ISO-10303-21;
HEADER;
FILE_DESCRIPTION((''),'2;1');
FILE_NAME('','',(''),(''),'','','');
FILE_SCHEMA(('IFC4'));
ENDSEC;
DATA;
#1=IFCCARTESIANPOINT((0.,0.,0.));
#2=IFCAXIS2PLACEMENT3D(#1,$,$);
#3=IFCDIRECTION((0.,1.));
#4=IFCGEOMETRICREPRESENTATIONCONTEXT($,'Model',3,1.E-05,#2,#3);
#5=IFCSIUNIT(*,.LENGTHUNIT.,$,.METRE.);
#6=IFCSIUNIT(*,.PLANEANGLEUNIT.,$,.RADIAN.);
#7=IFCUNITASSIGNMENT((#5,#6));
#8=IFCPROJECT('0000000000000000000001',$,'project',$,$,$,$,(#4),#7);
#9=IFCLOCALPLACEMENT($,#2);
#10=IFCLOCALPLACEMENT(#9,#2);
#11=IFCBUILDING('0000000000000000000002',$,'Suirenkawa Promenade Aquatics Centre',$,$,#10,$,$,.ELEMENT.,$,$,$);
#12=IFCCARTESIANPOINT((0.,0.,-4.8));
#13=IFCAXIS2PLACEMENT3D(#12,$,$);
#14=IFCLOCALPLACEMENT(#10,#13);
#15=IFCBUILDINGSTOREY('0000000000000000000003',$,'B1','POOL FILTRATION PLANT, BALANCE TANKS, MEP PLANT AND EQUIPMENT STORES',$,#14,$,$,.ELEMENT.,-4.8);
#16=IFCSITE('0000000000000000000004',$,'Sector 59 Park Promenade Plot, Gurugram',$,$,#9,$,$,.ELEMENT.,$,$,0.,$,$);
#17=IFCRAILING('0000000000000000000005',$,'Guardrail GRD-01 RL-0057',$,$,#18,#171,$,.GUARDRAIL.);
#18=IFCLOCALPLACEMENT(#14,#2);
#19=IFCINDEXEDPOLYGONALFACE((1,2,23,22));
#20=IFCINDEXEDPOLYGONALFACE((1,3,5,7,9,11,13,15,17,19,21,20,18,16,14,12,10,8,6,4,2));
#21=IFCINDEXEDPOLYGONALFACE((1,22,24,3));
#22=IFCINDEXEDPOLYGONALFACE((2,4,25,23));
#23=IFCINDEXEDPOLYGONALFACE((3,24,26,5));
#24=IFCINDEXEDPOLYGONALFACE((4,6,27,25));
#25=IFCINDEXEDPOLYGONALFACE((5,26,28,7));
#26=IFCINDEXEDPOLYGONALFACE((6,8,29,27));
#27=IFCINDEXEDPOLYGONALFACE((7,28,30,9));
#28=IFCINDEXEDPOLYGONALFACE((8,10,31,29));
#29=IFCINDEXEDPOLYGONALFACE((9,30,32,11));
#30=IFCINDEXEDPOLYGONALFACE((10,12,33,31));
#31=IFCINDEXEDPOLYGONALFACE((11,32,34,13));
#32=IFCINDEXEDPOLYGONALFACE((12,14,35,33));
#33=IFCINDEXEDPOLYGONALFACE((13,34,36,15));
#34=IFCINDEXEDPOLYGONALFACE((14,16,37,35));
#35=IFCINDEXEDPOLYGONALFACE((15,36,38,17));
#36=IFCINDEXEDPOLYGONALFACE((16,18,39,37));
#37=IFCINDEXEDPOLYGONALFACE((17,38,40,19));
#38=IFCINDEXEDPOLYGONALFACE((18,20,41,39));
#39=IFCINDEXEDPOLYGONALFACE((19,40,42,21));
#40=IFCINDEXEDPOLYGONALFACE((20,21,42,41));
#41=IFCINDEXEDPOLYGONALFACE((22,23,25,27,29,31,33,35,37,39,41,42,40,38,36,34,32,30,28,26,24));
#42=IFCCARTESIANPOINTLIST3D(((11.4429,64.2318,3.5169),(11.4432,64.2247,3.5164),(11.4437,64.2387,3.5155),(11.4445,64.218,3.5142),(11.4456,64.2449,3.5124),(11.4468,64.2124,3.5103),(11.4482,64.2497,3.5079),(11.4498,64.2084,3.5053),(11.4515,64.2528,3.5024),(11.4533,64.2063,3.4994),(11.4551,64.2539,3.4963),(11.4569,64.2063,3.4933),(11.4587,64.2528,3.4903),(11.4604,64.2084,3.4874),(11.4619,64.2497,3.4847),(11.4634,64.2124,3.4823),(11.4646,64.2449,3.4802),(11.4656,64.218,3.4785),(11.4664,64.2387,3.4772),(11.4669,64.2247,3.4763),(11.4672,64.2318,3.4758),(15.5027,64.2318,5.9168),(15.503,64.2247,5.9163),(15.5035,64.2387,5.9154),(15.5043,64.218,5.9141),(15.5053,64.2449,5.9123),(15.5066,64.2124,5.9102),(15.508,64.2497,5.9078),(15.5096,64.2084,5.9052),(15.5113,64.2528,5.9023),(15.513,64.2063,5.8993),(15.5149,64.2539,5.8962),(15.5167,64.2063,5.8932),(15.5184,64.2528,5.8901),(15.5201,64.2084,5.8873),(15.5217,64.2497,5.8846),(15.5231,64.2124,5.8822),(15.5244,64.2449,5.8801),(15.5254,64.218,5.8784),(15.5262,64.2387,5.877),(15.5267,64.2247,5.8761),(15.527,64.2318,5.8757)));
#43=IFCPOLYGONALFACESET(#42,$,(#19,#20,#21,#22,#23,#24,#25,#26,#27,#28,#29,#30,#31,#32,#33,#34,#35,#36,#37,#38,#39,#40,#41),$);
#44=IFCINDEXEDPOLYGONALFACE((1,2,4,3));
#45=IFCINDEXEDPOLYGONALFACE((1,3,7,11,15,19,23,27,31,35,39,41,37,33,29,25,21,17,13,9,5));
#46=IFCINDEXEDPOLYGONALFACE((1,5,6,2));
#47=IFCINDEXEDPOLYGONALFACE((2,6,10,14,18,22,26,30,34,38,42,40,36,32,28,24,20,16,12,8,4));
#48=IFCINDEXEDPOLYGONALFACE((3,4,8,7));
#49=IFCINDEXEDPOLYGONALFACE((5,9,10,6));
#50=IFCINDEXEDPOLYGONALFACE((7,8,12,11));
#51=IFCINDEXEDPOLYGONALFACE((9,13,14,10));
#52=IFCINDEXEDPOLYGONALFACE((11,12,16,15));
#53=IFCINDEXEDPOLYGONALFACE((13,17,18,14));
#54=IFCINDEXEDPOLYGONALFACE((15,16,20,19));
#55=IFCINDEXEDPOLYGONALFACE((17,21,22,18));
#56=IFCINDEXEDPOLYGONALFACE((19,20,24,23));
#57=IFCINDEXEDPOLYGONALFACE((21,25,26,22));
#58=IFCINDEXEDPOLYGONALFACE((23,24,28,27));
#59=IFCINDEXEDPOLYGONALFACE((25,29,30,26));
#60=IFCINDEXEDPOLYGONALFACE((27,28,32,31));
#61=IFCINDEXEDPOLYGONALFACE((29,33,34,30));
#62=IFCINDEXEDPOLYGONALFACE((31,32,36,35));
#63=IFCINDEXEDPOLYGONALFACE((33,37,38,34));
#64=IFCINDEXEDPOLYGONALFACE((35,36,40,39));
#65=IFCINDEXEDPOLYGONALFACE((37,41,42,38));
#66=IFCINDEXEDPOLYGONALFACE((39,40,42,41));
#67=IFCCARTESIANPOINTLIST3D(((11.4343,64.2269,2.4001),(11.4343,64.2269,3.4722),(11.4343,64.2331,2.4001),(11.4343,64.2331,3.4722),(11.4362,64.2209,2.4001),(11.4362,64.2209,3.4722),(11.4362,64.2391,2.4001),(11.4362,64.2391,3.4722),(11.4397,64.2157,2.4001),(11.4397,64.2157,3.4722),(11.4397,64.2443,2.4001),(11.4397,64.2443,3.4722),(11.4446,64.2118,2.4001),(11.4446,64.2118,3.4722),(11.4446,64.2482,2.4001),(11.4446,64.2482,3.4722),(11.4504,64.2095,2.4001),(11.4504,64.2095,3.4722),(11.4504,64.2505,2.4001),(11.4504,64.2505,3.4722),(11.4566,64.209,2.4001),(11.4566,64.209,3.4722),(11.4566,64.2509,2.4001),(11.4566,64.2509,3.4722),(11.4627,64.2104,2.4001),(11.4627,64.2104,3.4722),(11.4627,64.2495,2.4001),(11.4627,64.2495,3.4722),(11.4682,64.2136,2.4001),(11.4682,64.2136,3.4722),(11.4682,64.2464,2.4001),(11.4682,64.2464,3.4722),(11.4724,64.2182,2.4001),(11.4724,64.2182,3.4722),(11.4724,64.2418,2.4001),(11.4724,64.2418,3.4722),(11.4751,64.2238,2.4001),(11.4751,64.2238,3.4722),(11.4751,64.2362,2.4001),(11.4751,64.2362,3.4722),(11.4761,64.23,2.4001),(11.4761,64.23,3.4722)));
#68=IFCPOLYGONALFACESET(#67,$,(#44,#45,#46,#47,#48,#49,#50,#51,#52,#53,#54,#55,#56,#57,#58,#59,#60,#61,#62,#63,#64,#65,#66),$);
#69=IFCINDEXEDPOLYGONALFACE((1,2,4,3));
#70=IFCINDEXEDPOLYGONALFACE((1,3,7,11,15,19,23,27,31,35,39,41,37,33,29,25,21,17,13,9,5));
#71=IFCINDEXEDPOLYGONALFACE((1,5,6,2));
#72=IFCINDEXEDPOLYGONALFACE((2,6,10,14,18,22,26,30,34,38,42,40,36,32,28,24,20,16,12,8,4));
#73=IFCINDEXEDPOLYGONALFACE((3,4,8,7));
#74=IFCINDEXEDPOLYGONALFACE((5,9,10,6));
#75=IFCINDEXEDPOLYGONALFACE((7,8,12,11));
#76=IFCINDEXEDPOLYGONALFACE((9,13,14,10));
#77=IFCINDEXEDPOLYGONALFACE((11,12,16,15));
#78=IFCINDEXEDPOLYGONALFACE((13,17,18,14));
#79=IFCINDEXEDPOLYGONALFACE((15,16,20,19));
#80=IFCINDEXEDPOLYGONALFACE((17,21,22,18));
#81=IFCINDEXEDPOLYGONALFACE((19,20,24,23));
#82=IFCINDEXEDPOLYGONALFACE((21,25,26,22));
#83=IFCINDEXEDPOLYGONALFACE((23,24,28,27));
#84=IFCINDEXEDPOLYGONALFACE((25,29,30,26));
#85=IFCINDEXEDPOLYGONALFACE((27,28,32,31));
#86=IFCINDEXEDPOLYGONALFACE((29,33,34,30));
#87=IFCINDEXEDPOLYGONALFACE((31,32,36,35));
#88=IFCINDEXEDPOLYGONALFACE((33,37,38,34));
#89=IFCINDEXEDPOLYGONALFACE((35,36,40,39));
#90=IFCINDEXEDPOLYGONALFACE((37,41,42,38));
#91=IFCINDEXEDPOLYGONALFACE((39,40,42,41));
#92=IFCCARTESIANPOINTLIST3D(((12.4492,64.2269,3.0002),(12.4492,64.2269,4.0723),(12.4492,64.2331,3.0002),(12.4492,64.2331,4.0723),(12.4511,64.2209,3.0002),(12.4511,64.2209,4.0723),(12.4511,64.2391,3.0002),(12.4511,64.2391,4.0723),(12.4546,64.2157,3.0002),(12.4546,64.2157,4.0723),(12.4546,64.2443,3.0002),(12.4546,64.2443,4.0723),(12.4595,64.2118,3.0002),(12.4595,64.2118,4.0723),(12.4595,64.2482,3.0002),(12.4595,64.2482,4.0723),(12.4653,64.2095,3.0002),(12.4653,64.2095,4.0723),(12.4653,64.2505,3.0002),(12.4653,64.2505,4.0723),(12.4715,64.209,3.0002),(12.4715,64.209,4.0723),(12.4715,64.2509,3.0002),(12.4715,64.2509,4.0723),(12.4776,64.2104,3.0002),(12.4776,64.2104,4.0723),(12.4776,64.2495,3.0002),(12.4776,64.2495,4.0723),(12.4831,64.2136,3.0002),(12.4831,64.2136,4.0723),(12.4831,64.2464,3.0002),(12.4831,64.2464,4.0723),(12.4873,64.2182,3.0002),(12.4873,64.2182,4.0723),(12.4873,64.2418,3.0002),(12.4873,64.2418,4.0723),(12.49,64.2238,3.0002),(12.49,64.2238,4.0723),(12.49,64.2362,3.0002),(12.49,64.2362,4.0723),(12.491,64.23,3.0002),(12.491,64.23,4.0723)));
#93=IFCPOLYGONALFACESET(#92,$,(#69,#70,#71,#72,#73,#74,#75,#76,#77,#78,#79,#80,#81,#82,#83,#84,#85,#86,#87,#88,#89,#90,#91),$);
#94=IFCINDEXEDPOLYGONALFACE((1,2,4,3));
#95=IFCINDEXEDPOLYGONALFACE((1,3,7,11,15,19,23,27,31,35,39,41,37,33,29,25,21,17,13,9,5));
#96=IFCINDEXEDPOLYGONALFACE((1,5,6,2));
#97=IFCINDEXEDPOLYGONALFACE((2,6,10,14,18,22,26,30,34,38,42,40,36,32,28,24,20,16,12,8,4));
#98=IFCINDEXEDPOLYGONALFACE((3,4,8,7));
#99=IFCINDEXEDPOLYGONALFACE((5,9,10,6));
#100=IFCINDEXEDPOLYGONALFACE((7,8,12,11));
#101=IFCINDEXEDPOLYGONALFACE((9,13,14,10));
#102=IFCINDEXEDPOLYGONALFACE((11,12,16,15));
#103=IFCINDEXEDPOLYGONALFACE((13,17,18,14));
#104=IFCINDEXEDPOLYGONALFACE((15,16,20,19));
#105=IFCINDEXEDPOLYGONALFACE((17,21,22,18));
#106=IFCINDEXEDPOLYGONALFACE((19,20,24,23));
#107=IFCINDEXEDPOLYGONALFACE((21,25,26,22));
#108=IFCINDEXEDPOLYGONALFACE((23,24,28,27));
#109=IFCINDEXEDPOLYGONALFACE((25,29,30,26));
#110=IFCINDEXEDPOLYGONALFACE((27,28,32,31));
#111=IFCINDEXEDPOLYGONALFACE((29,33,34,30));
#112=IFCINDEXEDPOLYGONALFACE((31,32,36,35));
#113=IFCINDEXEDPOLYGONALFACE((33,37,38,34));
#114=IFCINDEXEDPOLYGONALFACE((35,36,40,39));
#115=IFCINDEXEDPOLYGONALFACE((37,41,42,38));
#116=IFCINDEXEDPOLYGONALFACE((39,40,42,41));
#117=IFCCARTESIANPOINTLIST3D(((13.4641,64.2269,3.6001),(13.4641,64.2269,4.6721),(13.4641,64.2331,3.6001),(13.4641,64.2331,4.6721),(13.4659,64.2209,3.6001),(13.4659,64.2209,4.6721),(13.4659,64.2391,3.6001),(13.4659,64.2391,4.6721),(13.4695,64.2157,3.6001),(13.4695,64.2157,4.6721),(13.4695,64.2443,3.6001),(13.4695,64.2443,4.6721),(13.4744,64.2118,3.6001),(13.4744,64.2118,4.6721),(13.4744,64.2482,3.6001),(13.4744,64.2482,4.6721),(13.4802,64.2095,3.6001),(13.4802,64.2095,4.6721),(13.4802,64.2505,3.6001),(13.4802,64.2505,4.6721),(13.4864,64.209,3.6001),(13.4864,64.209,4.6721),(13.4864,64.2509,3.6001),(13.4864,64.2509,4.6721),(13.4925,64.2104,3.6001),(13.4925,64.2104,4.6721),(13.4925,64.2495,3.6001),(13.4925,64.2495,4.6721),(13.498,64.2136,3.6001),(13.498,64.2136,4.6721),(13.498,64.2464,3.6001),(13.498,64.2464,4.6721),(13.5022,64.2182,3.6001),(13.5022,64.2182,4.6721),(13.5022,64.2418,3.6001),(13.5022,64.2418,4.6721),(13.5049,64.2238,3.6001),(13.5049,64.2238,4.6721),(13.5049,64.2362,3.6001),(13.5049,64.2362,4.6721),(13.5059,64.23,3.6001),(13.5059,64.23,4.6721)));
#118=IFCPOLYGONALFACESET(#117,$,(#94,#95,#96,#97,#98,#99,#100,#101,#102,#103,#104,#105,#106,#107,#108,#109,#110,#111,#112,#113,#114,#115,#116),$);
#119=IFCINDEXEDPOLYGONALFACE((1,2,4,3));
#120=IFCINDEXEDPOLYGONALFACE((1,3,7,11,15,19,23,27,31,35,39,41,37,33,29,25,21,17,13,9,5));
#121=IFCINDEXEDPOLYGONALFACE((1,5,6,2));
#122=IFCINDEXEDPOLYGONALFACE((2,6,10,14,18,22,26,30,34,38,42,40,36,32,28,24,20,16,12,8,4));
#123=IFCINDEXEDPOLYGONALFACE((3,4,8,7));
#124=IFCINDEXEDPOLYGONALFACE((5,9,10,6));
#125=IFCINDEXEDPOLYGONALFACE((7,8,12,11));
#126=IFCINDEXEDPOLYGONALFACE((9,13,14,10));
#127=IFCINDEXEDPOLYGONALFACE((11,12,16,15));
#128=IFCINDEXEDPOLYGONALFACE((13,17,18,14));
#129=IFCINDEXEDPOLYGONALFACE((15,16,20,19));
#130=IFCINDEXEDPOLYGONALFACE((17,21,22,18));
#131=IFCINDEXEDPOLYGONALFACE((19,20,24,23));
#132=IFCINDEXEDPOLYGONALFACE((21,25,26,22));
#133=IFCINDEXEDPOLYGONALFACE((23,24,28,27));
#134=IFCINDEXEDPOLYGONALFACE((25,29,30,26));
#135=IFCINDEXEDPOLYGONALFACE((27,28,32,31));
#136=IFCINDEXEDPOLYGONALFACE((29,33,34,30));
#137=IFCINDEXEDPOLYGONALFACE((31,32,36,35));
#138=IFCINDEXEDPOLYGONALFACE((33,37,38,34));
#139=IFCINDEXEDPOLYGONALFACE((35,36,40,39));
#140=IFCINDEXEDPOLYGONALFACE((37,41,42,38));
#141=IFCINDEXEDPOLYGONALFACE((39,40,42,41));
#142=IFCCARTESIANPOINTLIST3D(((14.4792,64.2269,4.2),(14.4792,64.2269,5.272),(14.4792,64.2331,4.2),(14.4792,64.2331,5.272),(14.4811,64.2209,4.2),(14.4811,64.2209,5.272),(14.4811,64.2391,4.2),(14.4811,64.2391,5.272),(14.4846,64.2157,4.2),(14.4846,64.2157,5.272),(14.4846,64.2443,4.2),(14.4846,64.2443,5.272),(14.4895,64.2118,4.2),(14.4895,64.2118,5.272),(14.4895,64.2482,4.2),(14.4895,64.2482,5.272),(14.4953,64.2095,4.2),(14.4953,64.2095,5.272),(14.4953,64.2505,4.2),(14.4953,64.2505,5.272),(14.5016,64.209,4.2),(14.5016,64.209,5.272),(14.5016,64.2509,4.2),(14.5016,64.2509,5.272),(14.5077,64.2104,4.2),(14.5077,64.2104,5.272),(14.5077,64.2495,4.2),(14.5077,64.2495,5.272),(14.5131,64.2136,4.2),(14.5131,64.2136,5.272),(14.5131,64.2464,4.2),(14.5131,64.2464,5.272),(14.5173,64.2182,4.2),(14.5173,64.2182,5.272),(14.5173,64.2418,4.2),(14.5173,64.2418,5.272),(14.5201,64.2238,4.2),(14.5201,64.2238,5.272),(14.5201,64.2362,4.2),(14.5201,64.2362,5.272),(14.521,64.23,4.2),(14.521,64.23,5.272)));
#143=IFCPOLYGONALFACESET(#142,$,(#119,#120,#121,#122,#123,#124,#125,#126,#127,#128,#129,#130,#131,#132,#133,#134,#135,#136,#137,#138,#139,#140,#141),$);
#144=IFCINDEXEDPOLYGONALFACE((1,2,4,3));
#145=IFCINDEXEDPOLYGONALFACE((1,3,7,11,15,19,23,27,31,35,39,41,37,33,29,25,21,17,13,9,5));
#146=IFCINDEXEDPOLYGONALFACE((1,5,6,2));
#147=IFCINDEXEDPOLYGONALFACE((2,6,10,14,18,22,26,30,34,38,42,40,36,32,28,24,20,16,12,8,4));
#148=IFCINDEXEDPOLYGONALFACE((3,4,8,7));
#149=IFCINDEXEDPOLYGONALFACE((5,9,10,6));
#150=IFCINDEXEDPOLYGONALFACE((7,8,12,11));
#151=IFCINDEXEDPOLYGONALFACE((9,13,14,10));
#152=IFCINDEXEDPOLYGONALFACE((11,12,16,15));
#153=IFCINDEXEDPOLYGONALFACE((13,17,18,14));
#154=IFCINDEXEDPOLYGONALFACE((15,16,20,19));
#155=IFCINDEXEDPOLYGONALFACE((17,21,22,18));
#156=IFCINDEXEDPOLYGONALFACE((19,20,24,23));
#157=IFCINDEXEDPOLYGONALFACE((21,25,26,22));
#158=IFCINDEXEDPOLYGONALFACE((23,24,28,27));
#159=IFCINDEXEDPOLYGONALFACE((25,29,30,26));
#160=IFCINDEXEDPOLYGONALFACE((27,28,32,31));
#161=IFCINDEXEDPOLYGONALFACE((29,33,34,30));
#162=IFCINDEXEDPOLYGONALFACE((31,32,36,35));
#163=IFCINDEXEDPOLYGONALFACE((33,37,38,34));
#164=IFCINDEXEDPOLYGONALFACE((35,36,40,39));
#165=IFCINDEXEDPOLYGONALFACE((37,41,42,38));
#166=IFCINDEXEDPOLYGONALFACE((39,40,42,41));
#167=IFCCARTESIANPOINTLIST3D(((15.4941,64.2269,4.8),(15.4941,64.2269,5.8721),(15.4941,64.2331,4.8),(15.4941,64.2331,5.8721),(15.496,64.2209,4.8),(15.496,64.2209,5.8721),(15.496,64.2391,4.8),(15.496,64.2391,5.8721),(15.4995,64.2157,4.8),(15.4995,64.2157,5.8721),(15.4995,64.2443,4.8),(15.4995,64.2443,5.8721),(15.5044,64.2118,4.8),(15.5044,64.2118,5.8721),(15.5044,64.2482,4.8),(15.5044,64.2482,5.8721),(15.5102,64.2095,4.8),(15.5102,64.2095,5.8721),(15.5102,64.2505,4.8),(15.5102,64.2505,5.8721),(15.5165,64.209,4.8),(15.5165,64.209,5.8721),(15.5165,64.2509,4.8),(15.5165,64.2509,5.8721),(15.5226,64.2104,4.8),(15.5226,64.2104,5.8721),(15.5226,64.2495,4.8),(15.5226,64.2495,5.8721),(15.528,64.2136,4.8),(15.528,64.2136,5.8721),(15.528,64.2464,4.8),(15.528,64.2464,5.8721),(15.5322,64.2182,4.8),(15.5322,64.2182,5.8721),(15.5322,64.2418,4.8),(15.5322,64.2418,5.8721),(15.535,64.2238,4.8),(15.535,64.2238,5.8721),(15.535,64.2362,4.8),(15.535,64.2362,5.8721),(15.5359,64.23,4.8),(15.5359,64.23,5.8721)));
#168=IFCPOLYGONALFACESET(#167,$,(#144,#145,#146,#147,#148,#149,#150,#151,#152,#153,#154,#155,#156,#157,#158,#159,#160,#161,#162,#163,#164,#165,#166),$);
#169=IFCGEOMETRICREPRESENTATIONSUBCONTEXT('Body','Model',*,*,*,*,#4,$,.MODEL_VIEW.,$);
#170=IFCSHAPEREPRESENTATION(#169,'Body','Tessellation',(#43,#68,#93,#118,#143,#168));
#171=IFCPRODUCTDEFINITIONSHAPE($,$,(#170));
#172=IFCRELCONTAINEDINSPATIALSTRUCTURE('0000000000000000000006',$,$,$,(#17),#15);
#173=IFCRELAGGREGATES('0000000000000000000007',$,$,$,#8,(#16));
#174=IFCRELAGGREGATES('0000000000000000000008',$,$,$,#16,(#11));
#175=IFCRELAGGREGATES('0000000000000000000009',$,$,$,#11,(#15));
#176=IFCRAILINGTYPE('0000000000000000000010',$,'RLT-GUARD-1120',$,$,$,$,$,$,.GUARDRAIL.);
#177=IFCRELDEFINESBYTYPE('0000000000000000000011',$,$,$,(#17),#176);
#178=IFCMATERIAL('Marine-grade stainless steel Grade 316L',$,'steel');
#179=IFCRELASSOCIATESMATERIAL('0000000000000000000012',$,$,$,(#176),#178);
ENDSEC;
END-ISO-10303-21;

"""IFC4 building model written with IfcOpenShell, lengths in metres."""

from ifc_helpers import new_model, si_unit, direction, frame, origin, origin_2d, place, context, subcontext, project, spatial, circle, extrude, material, type_object, element, save


model = new_model("IFC4")

# Units and contexts
model_context = context("Model", 3, precision=1e-05, world=origin(), true_north=direction((0.0, 1.0)))
body_context = subcontext(model_context, "Body", "Model", "MODEL_VIEW")
ifc_project = project(units=[si_unit("LENGTHUNIT", "METRE"), si_unit("PLANEANGLEUNIT", "RADIAN")], contexts=[model_context])

# Site, building, storey
site_placement = place(None, origin())
site = spatial("IfcSite", under=ifc_project, at=site_placement, Name="Sector 59 Park Promenade Plot, Gurugram", CompositionType="ELEMENT", RefElevation=0.0)
building_placement = place(site_placement, origin())
building = spatial("IfcBuilding", under=site, at=building_placement, Name="Suirenkawa Promenade Aquatics Centre", CompositionType="ELEMENT")
storey_placement = place(building_placement, frame((0.0, 0.0, -4.8)))
storey = spatial("IfcBuildingStorey", under=building, at=storey_placement, Name="B1", Description="POOL FILTRATION PLANT, BALANCE TANKS, MEP PLANT AND EQUIPMENT STORES", CompositionType="ELEMENT", Elevation=-4.8)

# Railing
ifc_material_1 = material(Name="Marine-grade stainless steel Grade 316L", Category="steel")
railing_type_1 = type_object("IfcRailingType", Name="RLT-GUARD-1120", PredefinedType="GUARDRAIL", material=ifc_material_1)
for number, where, name in (
    (1, (11.4551, 64.23, 2.4001), "Guardrail GRD-01 RL-0057"),
):
    element("IfcRailing", number, at=place(storey_placement, frame(where)), inside=storey, type_object=railing_type_1, Name=name, PredefinedType="GUARDRAIL", context=body_context, shape_type="SweptSolid", body=[
        extrude(circle(Radius=0.0239, at=origin_2d()), frame((0.0, 0.0, 1.0962), z_axis=(0.860841, 0.0, 0.508874), x_axis=(0.0, 1.0, 0.0)), (0.0, 0.0, 1.0), 4.7161),
        extrude(circle(Radius=0.021, at=origin_2d()), origin(), (0.0, 0.0, 1.0), 1.072),
        extrude(circle(Radius=0.021, at=origin_2d()), frame((1.0149, 0.0, 0.6001)), (0.0, 0.0, 1.0), 1.072),
        extrude(circle(Radius=0.021, at=origin_2d()), frame((2.0298, 0.0, 1.2)), (0.0, 0.0, 1.0), 1.072),
        extrude(circle(Radius=0.021, at=origin_2d()), frame((3.0449, 0.0, 1.7998)), (0.0, 0.0, 1.0), 1.072),
        extrude(circle(Radius=0.021, at=origin_2d()), frame((4.0598, 0.0, 2.3999)), (0.0, 0.0, 1.0), 1.072),
    ])

save(model, "model.ifc")
